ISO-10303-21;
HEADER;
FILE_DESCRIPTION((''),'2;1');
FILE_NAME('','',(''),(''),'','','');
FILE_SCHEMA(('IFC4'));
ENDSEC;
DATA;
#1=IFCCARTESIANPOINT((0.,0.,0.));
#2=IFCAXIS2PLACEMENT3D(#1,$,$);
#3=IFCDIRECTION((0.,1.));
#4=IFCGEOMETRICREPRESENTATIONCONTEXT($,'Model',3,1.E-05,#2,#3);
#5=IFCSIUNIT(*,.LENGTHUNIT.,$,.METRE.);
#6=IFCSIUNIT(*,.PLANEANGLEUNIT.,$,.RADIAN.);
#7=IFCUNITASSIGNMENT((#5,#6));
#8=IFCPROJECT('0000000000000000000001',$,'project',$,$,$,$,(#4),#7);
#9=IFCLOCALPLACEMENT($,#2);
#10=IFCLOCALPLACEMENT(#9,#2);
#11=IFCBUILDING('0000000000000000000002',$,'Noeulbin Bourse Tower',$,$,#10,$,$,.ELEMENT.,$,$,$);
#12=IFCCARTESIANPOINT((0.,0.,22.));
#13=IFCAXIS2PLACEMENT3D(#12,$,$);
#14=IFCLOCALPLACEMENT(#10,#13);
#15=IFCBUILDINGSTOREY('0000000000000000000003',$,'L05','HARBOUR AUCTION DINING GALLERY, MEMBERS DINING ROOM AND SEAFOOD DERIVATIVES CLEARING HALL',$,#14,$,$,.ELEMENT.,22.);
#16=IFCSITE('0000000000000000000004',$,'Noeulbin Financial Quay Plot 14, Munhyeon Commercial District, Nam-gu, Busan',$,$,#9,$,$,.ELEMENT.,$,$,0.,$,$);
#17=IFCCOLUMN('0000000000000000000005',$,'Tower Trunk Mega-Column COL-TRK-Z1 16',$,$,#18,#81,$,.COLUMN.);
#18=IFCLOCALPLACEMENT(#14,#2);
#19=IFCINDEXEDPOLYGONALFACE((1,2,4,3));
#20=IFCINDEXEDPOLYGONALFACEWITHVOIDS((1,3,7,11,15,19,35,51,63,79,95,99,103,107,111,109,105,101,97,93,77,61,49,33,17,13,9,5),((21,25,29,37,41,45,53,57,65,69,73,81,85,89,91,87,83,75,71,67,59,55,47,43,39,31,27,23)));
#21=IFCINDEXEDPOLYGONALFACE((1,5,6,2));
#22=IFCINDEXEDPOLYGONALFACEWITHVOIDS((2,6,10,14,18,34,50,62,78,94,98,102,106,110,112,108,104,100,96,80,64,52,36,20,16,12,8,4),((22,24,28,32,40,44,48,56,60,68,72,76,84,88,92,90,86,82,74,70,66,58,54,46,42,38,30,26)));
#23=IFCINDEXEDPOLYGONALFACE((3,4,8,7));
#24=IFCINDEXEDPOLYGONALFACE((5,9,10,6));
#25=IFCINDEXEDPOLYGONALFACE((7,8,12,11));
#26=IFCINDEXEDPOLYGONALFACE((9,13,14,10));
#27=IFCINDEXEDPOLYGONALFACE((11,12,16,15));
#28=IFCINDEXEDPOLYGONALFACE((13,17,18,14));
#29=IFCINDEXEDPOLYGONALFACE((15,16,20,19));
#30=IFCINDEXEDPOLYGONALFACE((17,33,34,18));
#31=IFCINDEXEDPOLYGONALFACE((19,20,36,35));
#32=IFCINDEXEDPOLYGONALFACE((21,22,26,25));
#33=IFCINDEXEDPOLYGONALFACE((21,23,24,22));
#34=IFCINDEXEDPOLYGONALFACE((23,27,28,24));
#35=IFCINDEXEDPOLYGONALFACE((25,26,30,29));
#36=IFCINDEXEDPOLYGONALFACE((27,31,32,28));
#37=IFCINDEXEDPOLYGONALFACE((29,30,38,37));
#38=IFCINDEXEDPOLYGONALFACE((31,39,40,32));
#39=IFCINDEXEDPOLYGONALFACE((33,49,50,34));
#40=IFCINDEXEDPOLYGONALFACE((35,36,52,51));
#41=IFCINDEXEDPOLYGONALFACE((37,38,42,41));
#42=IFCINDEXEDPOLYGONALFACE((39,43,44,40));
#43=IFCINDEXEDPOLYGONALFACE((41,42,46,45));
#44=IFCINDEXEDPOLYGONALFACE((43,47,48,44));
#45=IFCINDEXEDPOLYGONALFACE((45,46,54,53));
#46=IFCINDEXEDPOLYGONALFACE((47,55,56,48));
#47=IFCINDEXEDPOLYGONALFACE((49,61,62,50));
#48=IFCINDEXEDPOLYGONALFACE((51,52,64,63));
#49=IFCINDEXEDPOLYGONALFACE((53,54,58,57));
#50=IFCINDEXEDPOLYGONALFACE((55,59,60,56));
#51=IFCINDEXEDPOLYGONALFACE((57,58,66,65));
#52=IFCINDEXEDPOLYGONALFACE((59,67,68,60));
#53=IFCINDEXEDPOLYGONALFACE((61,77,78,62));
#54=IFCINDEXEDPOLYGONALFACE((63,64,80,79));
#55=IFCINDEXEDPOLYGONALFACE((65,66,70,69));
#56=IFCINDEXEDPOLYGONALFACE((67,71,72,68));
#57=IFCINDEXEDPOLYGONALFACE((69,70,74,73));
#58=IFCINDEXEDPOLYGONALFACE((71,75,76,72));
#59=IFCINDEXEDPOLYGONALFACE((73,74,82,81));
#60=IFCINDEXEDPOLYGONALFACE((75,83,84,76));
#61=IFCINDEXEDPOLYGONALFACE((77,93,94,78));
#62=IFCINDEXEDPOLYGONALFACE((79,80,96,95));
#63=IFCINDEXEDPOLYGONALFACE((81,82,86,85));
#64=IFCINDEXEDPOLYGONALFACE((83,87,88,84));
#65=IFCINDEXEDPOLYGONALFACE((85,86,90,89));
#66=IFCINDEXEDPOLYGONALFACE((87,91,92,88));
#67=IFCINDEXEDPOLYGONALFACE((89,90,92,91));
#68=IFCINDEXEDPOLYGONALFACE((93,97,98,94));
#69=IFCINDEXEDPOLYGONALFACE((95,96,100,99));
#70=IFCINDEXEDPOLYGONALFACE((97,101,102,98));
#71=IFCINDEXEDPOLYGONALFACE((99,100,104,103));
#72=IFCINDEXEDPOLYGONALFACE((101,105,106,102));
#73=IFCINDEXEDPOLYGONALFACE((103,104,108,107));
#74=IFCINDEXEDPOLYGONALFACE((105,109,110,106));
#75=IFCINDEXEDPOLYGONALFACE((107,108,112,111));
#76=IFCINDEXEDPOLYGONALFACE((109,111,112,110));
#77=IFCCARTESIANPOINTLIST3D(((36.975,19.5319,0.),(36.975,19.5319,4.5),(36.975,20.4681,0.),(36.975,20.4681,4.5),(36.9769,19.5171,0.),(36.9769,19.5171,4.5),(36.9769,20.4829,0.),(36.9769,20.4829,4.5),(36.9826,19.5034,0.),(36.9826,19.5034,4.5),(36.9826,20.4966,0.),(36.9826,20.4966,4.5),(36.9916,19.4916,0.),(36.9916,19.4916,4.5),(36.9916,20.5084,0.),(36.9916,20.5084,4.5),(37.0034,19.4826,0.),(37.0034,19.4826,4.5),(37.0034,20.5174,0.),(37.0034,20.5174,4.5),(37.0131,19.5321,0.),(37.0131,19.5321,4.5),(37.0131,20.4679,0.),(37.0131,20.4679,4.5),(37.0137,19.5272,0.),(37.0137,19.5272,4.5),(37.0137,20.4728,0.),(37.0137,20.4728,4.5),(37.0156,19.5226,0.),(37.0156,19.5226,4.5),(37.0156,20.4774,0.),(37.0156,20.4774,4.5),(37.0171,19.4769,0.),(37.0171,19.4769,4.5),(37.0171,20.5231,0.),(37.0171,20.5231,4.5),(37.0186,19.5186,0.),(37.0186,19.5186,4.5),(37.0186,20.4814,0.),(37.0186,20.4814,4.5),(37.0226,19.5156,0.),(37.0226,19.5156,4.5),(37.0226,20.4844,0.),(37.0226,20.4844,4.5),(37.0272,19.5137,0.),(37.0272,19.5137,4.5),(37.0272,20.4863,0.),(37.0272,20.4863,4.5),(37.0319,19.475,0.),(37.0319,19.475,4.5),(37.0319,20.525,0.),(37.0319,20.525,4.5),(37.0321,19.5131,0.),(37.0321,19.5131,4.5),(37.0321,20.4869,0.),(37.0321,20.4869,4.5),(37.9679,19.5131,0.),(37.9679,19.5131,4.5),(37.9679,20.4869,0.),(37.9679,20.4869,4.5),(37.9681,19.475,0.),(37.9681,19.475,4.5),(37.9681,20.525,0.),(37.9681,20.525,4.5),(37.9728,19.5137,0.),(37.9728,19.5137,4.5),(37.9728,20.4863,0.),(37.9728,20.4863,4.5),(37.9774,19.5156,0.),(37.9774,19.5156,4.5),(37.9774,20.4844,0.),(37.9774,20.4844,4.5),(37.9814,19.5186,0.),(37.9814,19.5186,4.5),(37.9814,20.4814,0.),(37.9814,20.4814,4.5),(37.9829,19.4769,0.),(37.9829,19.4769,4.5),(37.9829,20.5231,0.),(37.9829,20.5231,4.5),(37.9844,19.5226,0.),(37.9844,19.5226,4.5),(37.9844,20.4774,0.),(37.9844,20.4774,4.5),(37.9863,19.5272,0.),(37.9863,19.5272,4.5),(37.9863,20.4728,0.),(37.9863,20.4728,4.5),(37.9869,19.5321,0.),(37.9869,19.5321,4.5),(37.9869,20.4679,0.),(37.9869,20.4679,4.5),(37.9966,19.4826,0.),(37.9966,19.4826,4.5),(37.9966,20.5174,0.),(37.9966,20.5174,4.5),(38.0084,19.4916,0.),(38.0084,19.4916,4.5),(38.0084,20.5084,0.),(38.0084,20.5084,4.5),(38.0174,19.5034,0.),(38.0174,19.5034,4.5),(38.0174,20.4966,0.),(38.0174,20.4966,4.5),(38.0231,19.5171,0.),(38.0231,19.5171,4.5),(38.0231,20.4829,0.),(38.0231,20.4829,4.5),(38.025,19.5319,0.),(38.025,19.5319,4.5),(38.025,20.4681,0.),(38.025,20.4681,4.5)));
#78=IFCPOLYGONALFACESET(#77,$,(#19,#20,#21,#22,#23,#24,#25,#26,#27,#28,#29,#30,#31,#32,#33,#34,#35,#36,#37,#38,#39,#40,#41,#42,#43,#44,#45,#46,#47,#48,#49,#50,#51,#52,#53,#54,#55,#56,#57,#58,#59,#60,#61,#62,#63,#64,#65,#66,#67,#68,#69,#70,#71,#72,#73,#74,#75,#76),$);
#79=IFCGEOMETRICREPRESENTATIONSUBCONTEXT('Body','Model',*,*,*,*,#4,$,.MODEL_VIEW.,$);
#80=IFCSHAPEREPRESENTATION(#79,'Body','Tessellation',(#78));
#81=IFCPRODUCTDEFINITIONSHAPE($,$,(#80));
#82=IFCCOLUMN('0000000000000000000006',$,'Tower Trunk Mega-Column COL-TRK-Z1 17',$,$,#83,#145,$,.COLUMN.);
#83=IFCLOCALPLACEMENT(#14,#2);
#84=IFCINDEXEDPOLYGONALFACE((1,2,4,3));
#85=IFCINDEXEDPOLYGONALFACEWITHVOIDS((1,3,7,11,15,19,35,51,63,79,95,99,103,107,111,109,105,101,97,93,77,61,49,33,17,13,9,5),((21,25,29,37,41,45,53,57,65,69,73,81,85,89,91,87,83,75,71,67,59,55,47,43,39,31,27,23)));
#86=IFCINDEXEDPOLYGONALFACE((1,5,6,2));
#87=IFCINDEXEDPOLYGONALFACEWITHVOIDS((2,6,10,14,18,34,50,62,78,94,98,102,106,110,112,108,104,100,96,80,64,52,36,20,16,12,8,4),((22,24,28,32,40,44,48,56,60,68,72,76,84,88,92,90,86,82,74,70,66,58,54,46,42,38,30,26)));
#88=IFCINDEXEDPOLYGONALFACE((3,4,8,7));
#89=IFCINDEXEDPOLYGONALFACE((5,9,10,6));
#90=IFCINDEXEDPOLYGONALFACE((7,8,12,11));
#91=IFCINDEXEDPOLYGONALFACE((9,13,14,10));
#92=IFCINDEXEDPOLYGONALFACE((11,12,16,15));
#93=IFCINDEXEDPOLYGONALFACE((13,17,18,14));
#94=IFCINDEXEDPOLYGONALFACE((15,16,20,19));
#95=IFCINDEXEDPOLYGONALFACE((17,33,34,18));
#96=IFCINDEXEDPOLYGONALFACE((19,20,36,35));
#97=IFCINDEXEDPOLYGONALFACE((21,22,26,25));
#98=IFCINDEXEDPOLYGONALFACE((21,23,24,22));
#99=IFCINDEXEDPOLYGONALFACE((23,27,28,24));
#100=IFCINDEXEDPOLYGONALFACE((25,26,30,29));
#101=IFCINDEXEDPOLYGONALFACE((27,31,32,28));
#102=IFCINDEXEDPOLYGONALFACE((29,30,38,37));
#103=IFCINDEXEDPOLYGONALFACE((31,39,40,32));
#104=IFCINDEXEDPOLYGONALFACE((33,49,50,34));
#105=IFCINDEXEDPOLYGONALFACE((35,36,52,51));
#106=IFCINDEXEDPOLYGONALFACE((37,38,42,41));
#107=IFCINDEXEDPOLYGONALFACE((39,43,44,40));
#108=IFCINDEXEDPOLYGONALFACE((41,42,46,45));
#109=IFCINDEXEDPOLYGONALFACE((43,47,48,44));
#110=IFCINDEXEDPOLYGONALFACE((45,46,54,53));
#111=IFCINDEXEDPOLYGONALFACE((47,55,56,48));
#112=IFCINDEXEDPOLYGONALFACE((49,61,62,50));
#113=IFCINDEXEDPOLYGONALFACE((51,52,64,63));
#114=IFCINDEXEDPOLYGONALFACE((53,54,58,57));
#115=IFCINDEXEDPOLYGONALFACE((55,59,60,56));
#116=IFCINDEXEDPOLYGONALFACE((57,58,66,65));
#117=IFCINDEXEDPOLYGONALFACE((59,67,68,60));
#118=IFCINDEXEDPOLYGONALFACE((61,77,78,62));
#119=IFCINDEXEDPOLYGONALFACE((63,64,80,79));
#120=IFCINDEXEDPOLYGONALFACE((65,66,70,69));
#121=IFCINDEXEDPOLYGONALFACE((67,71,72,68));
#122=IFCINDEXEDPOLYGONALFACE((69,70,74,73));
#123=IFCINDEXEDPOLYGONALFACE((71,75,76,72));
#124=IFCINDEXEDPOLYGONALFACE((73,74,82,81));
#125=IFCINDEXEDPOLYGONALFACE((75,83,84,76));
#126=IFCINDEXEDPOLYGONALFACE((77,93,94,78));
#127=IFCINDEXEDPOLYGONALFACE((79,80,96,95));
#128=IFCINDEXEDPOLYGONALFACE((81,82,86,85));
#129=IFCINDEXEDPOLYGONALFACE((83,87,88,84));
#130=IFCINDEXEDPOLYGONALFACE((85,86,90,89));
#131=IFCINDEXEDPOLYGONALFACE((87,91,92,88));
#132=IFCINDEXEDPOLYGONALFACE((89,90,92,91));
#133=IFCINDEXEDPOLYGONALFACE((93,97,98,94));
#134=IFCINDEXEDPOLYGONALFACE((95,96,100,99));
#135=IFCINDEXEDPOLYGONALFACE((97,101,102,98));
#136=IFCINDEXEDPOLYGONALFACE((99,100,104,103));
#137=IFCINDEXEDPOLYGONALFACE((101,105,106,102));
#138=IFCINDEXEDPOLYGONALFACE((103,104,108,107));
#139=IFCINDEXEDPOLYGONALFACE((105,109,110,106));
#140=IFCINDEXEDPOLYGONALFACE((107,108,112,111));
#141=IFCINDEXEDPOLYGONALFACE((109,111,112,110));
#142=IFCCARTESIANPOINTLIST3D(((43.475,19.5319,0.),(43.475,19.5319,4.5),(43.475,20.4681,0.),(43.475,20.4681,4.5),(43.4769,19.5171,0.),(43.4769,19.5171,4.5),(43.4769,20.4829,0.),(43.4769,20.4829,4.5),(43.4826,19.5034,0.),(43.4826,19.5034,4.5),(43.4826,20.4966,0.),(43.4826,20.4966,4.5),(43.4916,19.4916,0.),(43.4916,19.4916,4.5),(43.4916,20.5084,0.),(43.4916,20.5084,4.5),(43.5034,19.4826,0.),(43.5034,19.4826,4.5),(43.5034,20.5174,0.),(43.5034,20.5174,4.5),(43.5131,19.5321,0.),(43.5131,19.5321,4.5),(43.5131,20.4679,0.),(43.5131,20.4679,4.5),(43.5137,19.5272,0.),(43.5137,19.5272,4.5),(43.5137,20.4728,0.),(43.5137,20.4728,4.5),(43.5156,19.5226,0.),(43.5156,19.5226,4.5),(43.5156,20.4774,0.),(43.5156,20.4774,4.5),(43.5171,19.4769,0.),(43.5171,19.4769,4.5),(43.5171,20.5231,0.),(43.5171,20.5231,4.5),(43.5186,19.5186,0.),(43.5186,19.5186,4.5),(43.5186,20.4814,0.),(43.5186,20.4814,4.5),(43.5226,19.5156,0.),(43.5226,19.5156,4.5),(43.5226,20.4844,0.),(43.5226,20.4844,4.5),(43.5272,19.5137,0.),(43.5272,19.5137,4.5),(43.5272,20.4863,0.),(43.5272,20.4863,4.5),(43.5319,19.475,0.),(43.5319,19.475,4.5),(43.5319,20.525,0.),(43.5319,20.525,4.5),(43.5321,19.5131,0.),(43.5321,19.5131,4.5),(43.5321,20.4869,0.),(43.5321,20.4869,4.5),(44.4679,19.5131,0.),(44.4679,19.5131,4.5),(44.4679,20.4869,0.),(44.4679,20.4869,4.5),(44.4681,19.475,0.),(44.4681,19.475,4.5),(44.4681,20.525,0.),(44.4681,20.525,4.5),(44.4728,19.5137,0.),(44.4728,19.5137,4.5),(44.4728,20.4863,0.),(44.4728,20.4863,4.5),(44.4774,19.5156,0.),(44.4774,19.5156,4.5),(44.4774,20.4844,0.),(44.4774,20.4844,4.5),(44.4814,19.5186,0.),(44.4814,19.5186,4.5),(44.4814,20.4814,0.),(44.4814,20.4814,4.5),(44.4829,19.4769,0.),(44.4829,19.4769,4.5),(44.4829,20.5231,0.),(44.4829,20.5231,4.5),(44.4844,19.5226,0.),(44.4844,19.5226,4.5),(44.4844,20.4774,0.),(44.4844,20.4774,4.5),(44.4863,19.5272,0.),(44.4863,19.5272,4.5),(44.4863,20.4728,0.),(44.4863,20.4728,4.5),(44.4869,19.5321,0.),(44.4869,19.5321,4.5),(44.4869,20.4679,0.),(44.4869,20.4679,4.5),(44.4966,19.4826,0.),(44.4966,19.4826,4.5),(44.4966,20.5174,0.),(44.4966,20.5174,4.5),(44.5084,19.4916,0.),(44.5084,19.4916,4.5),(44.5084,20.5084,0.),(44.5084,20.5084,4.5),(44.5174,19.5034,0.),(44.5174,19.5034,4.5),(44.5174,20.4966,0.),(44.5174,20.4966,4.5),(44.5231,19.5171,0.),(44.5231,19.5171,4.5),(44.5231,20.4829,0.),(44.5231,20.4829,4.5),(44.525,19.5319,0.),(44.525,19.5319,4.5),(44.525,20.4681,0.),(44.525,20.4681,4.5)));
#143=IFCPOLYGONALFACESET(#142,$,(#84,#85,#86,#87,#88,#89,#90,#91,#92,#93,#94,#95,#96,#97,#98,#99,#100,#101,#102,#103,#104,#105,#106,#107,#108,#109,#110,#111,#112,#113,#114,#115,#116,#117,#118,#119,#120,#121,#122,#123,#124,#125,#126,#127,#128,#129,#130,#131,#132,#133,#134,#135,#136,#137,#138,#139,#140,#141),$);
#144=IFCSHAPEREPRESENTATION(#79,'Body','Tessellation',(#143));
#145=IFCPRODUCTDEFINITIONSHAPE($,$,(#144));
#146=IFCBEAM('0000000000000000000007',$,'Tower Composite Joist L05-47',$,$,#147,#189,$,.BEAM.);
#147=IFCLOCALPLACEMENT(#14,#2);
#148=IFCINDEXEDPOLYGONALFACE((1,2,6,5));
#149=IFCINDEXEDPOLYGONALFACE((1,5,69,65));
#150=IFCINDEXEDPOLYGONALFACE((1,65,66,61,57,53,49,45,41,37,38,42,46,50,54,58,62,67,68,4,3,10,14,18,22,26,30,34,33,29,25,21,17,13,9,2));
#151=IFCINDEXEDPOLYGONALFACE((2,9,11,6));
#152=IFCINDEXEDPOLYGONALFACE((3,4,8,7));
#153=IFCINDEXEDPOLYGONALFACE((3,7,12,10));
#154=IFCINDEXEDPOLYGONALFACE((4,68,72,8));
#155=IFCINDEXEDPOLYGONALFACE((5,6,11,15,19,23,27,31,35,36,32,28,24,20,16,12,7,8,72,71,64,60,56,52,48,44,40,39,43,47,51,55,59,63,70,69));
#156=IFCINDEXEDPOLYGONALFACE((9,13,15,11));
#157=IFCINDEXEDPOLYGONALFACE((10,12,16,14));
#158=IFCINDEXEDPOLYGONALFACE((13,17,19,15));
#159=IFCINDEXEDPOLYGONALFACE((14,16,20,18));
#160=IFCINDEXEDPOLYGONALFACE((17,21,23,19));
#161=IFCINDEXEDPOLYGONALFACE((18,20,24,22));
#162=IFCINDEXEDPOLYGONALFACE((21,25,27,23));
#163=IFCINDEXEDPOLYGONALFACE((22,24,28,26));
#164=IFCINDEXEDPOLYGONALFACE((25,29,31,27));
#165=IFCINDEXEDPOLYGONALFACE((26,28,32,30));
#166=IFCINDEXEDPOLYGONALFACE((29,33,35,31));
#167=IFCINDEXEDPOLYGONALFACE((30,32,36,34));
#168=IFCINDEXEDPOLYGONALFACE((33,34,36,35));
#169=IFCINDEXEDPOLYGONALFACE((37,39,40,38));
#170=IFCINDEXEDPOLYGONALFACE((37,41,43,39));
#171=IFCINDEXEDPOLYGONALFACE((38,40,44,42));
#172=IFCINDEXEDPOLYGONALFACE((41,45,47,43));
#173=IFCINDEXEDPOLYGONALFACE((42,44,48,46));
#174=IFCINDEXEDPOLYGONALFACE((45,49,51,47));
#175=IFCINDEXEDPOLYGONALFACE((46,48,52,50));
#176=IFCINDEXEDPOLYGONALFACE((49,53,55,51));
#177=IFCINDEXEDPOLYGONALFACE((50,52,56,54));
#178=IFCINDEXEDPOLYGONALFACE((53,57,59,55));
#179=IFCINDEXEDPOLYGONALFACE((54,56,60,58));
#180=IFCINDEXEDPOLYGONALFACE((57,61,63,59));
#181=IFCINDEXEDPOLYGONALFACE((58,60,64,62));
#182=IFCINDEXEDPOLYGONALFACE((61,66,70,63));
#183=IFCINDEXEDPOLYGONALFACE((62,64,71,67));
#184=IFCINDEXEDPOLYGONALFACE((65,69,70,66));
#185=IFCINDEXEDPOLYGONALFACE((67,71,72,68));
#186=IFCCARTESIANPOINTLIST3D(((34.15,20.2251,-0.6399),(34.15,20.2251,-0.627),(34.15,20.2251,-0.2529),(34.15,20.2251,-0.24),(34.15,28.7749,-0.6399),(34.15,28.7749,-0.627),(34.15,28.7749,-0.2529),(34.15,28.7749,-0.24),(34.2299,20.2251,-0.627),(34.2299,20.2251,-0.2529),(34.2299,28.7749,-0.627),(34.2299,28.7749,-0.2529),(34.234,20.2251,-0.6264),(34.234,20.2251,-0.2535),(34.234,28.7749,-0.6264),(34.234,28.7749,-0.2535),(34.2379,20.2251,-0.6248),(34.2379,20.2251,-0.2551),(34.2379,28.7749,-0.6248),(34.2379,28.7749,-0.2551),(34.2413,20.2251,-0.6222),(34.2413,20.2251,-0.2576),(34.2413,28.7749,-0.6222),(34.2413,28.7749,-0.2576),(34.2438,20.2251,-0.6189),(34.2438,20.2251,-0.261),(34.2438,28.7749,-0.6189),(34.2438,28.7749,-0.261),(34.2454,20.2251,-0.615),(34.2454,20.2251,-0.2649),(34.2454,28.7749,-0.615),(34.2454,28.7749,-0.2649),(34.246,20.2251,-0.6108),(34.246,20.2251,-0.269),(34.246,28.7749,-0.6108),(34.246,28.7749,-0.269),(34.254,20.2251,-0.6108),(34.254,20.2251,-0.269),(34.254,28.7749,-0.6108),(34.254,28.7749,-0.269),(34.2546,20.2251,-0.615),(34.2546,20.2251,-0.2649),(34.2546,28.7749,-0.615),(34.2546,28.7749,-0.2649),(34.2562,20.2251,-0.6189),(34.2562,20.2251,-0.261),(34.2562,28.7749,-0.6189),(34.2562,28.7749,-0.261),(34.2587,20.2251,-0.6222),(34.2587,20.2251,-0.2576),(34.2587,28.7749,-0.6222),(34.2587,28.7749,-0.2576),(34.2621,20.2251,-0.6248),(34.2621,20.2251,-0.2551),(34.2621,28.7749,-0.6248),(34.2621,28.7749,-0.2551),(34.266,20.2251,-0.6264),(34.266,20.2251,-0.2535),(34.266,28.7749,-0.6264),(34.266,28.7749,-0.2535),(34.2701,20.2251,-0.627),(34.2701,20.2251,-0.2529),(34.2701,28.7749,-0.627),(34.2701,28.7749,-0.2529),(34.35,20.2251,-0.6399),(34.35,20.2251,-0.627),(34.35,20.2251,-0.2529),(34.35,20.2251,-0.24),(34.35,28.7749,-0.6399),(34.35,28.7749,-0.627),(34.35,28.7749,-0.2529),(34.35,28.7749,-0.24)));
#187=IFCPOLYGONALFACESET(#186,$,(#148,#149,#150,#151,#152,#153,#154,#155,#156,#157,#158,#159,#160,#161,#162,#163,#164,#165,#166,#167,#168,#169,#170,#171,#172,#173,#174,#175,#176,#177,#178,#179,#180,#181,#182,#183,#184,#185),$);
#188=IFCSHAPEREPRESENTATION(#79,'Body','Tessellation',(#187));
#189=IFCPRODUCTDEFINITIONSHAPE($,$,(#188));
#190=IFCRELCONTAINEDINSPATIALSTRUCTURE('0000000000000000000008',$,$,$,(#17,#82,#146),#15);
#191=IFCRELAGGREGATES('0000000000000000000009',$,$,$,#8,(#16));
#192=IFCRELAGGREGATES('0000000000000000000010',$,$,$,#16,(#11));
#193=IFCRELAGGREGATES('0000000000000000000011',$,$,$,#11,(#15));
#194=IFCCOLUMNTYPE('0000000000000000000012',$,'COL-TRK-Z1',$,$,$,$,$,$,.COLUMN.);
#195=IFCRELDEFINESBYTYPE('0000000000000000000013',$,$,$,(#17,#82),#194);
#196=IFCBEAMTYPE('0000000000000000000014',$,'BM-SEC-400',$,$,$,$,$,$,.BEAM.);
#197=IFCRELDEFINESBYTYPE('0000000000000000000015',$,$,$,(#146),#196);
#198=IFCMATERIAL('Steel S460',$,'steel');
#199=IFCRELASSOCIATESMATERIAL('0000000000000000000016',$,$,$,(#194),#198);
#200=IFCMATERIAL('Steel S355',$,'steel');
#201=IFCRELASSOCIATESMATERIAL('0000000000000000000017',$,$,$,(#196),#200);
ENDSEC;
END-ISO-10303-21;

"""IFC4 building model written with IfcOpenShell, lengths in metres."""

from ifc_helpers import new_model, si_unit, direction, frame, origin, origin_2d, place, context, subcontext, project, spatial, hollow_rectangle, i_section, extrude, material, material_profile, profile_set, type_object, element, save


model = new_model("IFC4")

# Units and contexts
model_context = context("Model", 3, precision=1e-05, world=origin(), true_north=direction((0.0, 1.0)))
body_context = subcontext(model_context, "Body", "Model", "MODEL_VIEW")
ifc_project = project(units=[si_unit("LENGTHUNIT", "METRE"), si_unit("PLANEANGLEUNIT", "RADIAN")], contexts=[model_context])

# Site, building, storey
site_placement = place(None, origin())
site = spatial("IfcSite", under=ifc_project, at=site_placement, Name="Noeulbin Financial Quay Plot 14, Munhyeon Commercial District, Nam-gu, Busan", CompositionType="ELEMENT", RefElevation=0.0)
building_placement = place(site_placement, origin())
building = spatial("IfcBuilding", under=site, at=building_placement, Name="Noeulbin Bourse Tower", CompositionType="ELEMENT")
storey_placement = place(building_placement, frame((0.0, 0.0, 22.0)))
storey = spatial("IfcBuildingStorey", under=building, at=storey_placement, Name="L05", Description="HARBOUR AUCTION DINING GALLERY, MEMBERS DINING ROOM AND SEAFOOD DERIVATIVES CLEARING HALL", CompositionType="ELEMENT", Elevation=22.0)

# Columns
ifc_material_1 = material(Name="Steel S460", Category="steel")
ifc_material_profile_1 = material_profile(ifc_material_1, hollow_rectangle(XDim=1.05, YDim=1.05, WallThickness=0.0381, InnerFilletRadius=0.019, OuterFilletRadius=0.0569, at=origin_2d()), Name="BOX-1050x1050x38", Category="LoadBearing")
ifc_profile_set_1 = profile_set([ifc_material_profile_1], Name="Steel S460")
column_type = type_object("IfcColumnType", Name="COL-TRK-Z1", PredefinedType="COLUMN", material=ifc_profile_set_1)
for number, where, z_axis, x_axis, name in (
    (1, (37.5, 20.0, 0.0), (0.0, 0.0, 1.0), (1.0, 0.0, 0.0), "Tower Trunk Mega-Column COL-TRK-Z1 16"),
    (2, (44.0, 20.0, 0.0), (0.0, 0.0, 1.0), (1.0, 0.0, 0.0), "Tower Trunk Mega-Column COL-TRK-Z1 17"),
):
    element("IfcColumn", number, at=place(storey_placement, frame(where, z_axis=z_axis, x_axis=x_axis)), inside=storey, type_object=column_type, Name=name, PredefinedType="COLUMN", context=body_context, shape_type="SweptSolid", body=[
        extrude(hollow_rectangle(XDim=1.05, YDim=1.05, WallThickness=0.0381, InnerFilletRadius=0.019, OuterFilletRadius=0.0569, at=origin_2d()), origin(), (0.0, 0.0, 1.0), 4.5),
    ])

# Beam
ifc_material_2 = material(Name="Steel S355", Category="steel")
ifc_material_profile_2 = material_profile(ifc_material_2, i_section(OverallWidth=0.2, OverallDepth=0.3999, WebThickness=0.0081, FlangeThickness=0.0129, FilletRadius=0.0161, at=origin_2d()), Name="H-400x200x8x13", Category="LoadBearing")
ifc_profile_set_2 = profile_set([ifc_material_profile_2], Name="Steel S355")
beam_type_1 = type_object("IfcBeamType", Name="BM-SEC-400", PredefinedType="BEAM", material=ifc_profile_set_2)
for number, where, z_axis, x_axis, name in (
    (3, (34.25, 20.2251, -0.4399), (0.0, 1.0, 0.0), (-1.0, 0.0, 0.0), "Tower Composite Joist L05-47"),
):
    element("IfcBeam", number, at=place(storey_placement, frame(where, z_axis=z_axis, x_axis=x_axis)), inside=storey, type_object=beam_type_1, Name=name, PredefinedType="BEAM", context=body_context, shape_type="SweptSolid", body=[
        extrude(i_section(OverallWidth=0.2, OverallDepth=0.3999, WebThickness=0.0081, FlangeThickness=0.0129, FilletRadius=0.0161, at=origin_2d()), origin(), (0.0, 0.0, 1.0), 8.5498),
    ])

save(model, "model.ifc")
